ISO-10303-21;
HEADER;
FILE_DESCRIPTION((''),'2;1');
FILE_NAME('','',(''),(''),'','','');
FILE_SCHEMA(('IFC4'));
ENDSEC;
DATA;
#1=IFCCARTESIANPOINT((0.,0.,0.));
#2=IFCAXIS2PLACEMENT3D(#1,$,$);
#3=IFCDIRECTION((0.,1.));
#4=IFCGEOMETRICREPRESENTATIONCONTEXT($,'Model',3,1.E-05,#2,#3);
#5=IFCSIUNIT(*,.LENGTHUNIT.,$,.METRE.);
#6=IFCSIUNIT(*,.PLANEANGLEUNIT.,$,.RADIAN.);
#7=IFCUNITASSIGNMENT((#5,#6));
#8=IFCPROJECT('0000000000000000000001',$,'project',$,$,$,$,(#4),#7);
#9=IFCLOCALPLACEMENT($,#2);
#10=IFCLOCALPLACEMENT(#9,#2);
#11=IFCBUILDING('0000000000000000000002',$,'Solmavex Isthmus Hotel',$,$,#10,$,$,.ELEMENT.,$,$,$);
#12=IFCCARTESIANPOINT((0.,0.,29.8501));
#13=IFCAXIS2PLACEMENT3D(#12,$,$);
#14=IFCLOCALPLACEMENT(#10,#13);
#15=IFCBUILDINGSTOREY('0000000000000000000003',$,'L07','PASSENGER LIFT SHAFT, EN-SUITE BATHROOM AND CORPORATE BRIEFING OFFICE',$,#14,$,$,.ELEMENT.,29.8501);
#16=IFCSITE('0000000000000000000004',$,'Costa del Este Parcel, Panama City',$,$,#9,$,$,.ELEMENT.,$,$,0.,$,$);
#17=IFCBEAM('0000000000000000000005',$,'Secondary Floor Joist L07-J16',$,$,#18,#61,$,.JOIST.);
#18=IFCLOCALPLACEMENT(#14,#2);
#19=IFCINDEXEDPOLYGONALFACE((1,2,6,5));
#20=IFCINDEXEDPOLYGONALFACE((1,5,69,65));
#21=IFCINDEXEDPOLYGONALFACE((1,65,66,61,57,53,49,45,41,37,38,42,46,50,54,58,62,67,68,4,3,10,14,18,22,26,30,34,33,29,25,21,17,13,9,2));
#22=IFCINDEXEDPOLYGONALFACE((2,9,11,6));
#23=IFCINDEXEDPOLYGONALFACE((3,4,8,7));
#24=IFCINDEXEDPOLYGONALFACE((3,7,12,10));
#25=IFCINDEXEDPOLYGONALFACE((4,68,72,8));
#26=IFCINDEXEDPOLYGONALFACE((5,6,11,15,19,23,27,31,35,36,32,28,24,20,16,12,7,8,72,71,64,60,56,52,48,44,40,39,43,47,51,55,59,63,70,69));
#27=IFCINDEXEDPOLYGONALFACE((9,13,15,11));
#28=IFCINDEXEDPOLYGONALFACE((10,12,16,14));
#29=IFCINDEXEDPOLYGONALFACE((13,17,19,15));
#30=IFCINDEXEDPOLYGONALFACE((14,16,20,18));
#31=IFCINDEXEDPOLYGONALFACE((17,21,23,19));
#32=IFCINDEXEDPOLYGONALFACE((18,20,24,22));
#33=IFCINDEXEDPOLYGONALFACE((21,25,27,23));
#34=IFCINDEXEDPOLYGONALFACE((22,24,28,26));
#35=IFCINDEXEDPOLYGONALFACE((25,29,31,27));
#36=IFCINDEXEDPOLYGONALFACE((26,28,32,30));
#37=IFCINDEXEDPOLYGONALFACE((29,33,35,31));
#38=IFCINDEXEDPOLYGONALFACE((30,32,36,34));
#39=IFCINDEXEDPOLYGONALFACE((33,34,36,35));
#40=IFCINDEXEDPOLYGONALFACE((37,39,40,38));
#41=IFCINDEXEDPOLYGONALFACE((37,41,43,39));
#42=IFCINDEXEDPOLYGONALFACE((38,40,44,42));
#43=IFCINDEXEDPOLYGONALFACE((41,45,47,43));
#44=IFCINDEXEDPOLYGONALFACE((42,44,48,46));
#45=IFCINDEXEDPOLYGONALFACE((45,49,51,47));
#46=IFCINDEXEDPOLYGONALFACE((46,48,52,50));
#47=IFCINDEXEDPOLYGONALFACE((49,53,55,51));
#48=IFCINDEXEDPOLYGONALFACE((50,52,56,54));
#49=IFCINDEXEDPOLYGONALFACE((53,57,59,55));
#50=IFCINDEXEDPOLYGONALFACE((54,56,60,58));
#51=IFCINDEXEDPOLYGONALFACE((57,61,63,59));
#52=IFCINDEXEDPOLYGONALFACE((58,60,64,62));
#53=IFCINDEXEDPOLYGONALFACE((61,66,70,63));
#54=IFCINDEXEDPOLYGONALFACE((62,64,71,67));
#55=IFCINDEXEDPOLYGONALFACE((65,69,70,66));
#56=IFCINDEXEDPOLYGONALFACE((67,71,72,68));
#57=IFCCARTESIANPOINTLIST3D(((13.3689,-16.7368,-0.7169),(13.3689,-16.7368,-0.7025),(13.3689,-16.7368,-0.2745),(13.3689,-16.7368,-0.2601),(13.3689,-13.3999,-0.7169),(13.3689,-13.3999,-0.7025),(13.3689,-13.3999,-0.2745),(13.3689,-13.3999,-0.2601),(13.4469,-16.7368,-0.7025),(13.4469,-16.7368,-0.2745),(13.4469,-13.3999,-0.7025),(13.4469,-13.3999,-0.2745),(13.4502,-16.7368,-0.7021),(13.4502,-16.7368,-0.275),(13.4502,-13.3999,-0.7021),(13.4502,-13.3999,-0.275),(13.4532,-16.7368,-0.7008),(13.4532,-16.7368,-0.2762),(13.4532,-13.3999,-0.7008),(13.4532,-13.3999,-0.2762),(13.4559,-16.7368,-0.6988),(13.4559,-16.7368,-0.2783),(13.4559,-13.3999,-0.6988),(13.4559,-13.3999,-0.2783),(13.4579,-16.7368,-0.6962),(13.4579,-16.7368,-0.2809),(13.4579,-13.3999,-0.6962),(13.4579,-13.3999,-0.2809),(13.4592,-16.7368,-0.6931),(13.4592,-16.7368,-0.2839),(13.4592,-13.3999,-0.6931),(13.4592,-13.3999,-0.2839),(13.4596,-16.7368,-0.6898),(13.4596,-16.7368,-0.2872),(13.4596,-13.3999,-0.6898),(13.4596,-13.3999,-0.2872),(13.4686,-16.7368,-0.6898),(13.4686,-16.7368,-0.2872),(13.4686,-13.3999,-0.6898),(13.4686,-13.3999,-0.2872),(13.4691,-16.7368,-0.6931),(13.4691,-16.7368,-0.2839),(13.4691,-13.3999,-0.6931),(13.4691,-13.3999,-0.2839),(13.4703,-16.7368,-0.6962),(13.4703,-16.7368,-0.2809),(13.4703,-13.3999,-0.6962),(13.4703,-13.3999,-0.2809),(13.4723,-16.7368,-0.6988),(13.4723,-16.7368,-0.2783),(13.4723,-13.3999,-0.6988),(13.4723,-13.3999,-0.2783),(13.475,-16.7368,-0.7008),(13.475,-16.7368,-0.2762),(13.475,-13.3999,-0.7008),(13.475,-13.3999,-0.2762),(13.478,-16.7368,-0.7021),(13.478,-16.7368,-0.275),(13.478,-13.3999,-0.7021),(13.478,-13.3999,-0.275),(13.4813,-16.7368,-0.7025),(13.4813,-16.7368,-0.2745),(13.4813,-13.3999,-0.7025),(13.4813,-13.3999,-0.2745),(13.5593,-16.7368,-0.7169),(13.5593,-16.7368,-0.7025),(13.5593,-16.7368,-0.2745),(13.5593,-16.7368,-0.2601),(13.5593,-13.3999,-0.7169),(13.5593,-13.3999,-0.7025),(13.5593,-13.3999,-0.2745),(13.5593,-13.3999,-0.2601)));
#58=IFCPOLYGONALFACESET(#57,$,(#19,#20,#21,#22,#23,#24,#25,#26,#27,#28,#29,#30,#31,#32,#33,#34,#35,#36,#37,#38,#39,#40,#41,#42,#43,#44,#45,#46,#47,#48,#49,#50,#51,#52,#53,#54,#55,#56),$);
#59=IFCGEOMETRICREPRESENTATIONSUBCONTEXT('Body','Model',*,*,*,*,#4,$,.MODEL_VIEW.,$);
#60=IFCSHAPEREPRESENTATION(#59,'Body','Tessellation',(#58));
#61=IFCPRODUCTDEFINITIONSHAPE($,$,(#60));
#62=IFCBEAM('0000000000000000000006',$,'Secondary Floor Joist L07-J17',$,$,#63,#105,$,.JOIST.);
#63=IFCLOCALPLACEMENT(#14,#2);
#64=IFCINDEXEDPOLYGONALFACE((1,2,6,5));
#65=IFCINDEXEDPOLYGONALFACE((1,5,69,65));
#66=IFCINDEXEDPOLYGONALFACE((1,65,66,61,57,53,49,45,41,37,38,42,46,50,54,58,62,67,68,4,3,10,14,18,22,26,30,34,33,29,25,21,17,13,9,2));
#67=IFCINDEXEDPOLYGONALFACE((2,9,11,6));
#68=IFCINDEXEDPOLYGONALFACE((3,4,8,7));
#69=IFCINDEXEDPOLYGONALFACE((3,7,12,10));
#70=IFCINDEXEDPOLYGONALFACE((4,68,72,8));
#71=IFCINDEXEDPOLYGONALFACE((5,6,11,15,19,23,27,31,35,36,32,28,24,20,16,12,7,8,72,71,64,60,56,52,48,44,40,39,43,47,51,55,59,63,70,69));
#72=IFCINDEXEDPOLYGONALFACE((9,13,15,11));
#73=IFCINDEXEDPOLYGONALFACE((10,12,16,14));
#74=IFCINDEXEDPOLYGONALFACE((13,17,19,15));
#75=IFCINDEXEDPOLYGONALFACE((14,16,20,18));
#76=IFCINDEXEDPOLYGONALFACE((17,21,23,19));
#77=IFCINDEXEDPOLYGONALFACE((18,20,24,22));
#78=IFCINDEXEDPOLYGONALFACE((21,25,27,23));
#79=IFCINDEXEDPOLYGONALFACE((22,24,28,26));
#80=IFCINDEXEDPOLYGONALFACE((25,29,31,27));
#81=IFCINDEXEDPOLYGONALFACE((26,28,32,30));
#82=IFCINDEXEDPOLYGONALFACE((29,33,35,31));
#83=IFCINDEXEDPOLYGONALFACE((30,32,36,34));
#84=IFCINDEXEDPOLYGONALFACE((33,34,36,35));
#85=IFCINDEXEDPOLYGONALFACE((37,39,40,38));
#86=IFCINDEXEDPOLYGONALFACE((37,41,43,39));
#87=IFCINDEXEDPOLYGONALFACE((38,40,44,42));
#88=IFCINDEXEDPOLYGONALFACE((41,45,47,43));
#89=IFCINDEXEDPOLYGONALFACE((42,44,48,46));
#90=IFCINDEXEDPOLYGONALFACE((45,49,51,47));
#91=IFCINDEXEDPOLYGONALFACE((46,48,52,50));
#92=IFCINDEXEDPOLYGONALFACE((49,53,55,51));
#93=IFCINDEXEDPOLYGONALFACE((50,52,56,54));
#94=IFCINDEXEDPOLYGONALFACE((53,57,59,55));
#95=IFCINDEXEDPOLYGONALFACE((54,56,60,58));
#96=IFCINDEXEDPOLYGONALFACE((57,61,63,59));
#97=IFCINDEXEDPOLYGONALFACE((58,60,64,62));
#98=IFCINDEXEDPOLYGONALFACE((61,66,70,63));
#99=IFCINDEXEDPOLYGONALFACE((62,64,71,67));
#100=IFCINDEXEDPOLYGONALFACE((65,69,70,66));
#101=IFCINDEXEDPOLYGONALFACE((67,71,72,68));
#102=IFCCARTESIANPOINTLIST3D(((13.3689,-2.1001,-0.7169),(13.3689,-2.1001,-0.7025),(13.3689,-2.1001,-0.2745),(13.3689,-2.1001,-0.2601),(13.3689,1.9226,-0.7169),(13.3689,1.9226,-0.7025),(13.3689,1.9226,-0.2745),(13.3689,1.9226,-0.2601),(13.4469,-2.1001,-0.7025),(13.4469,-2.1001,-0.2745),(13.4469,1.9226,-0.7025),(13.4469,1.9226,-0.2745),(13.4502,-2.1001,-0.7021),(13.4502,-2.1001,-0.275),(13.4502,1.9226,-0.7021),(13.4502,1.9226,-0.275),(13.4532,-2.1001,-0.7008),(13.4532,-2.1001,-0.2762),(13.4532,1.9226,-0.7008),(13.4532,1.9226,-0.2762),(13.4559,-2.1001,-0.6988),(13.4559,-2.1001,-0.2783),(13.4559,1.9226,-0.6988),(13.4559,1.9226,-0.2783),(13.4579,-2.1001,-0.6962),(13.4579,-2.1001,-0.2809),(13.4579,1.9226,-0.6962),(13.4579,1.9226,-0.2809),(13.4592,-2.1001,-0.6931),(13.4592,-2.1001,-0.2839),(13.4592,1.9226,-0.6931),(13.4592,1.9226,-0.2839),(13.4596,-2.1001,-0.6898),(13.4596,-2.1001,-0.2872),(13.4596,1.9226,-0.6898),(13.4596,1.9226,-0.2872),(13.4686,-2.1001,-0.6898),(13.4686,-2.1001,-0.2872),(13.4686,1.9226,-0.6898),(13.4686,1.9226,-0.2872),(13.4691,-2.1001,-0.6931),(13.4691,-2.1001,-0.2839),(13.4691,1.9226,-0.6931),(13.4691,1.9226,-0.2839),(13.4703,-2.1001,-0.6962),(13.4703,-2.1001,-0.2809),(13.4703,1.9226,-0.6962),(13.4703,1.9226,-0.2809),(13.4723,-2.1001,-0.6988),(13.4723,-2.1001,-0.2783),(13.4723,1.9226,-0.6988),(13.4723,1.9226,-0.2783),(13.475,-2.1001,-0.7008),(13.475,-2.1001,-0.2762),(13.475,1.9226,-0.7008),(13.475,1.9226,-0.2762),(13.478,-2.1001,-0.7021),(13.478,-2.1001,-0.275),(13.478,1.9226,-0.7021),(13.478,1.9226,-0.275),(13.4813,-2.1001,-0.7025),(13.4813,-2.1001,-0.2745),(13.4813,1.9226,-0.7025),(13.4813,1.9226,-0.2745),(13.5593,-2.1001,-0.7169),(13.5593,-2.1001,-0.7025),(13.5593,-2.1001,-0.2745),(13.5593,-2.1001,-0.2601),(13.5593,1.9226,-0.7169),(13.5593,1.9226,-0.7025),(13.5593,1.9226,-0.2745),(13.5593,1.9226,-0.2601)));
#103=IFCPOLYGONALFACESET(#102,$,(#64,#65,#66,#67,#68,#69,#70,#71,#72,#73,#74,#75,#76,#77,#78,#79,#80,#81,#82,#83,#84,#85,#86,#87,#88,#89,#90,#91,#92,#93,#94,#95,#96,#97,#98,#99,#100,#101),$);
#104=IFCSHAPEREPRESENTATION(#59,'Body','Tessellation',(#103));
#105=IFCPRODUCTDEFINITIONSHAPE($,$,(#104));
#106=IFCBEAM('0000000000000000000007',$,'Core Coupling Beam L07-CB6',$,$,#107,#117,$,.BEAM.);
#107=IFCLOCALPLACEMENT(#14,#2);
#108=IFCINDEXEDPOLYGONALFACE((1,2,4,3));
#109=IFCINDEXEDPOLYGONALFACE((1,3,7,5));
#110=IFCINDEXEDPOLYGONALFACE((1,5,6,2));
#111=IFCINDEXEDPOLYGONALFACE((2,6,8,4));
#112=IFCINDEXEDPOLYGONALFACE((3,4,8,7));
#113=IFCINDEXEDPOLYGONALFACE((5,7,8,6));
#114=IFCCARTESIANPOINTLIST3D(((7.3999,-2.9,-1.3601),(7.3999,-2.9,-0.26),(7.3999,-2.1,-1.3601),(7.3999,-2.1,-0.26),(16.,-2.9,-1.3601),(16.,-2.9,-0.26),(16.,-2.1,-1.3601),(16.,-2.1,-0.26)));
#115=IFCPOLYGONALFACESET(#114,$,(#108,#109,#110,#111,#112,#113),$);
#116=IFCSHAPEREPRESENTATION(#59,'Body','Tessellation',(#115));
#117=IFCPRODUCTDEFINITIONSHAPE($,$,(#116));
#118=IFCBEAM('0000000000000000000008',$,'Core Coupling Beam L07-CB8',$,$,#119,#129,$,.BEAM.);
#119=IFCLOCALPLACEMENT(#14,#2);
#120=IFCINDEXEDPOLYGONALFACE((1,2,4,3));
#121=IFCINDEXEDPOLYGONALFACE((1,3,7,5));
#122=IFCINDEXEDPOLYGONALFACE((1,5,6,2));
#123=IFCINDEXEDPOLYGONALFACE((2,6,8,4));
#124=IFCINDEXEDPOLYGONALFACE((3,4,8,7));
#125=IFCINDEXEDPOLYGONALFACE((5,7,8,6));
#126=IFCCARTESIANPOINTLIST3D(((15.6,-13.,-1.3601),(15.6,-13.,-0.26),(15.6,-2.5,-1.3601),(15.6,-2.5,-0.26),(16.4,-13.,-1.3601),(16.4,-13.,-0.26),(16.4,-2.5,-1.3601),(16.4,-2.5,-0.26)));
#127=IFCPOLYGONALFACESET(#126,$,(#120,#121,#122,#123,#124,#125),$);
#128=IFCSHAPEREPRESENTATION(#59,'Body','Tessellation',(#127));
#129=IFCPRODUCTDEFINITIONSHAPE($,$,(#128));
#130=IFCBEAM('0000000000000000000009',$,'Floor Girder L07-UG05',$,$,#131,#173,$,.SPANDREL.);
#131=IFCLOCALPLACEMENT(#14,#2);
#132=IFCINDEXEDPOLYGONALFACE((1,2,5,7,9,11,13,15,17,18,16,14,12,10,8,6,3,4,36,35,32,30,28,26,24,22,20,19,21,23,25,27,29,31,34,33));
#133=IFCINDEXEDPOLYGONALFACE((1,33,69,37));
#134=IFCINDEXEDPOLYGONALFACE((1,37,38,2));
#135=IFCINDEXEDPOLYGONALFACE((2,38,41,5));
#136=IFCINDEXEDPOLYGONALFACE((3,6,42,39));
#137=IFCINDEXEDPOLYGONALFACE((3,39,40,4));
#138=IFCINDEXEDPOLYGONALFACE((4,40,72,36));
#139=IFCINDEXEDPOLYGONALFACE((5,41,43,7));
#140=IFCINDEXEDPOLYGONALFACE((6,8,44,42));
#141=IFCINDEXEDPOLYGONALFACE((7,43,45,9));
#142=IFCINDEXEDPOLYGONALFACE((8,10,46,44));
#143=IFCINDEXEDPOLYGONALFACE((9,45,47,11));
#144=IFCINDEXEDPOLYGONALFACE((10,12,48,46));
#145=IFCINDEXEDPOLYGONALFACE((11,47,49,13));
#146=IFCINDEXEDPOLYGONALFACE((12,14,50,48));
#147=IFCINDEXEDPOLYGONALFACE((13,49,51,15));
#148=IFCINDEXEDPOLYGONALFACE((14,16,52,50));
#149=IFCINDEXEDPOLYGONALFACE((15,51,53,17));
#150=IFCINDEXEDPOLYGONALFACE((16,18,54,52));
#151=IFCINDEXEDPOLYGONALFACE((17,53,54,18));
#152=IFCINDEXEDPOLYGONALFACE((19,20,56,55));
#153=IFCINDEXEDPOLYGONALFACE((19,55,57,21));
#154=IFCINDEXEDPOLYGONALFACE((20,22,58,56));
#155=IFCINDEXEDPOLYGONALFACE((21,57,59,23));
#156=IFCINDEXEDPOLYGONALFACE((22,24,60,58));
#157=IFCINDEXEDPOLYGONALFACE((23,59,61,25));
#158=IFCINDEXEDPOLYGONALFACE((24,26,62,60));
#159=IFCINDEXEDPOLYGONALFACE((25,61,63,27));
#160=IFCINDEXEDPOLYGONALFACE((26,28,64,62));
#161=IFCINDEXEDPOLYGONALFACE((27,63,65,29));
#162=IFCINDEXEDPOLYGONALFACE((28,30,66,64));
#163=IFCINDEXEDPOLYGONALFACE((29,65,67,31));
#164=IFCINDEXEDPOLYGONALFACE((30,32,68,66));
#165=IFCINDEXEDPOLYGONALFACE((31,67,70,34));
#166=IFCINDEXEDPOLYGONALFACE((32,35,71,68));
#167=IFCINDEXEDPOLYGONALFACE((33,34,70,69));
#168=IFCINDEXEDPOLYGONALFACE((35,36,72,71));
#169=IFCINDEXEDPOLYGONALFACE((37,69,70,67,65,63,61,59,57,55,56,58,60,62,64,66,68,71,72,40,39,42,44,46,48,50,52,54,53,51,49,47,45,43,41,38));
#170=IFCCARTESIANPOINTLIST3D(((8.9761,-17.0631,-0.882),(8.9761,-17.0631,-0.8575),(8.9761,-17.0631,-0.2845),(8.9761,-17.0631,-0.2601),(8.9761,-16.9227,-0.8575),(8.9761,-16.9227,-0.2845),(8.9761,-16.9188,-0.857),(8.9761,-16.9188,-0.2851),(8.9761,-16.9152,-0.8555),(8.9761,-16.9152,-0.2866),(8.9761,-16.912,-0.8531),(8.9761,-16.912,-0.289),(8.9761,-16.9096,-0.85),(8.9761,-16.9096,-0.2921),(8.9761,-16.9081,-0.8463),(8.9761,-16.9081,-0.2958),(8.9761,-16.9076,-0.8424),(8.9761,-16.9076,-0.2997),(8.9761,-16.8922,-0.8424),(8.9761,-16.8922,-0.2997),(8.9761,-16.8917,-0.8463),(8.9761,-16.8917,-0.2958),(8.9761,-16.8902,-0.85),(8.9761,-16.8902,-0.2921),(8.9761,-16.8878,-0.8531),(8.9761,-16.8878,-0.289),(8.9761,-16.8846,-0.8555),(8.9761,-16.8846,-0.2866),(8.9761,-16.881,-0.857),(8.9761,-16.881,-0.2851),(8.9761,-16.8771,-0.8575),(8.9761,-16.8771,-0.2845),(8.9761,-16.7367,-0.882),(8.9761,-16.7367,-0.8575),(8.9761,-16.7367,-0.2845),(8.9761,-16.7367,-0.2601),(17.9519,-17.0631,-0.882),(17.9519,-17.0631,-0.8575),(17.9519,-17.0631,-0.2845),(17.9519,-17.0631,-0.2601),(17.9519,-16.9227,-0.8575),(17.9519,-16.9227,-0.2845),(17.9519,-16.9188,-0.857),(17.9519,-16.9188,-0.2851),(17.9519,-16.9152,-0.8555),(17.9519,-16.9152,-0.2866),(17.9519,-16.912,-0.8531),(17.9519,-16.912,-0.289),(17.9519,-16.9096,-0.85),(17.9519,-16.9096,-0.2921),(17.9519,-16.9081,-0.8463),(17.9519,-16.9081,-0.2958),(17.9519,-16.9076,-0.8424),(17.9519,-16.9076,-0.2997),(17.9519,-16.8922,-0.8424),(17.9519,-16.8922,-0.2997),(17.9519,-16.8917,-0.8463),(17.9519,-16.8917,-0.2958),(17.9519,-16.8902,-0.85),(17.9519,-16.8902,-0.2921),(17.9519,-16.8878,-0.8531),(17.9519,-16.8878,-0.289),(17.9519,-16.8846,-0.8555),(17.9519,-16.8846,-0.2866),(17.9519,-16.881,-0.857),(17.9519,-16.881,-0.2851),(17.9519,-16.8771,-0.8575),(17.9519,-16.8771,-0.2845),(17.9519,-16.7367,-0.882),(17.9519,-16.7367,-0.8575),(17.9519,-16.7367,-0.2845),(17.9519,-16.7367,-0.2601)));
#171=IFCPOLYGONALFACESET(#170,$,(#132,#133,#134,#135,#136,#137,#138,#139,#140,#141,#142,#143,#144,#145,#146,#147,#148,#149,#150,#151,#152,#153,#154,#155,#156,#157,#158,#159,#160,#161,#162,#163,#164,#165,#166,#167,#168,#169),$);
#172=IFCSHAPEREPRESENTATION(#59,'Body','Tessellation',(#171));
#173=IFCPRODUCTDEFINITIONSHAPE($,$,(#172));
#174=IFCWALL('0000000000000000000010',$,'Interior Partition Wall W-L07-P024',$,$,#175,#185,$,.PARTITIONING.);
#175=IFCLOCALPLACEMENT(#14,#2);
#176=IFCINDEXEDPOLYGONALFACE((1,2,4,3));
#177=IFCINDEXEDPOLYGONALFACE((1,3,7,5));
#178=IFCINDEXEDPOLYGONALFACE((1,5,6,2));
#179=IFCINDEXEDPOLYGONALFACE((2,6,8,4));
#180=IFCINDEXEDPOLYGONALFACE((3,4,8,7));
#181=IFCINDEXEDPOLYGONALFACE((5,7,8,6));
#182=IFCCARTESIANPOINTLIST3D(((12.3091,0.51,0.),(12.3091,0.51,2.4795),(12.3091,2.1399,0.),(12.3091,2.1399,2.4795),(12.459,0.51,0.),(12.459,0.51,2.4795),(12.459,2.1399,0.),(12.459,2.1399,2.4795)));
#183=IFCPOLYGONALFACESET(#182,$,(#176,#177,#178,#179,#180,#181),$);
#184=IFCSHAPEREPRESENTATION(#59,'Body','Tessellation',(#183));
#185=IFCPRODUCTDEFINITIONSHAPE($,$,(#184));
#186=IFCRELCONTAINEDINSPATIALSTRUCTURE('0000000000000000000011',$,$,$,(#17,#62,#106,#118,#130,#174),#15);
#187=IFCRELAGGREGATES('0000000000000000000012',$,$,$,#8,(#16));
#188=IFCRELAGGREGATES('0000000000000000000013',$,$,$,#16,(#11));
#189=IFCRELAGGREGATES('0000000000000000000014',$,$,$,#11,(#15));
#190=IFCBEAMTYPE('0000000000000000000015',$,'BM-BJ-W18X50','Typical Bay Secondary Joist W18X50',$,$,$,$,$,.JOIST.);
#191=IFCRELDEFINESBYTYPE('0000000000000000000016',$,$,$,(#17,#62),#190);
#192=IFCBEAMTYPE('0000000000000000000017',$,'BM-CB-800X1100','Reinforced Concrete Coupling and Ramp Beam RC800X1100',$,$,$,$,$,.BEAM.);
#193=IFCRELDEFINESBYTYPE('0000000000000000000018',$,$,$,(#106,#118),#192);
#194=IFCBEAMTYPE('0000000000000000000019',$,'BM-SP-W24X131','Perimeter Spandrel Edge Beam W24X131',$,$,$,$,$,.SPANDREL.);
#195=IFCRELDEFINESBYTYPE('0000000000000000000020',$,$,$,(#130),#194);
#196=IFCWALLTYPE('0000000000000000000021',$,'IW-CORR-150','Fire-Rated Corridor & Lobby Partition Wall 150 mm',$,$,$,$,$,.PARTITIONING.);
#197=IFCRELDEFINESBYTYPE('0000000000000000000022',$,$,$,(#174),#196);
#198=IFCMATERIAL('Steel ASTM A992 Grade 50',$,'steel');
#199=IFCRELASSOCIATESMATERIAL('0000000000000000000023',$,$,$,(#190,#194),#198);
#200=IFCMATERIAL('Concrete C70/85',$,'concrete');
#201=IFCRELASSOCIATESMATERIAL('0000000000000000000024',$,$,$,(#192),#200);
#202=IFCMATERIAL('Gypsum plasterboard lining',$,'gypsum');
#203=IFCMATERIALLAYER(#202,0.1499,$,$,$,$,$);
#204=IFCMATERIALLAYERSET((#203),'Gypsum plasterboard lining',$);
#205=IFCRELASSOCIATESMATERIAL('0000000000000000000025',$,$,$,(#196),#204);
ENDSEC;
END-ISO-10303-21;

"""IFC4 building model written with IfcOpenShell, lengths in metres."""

from ifc_helpers import new_model, si_unit, direction, frame, frame_2d, origin, origin_2d, place, context, subcontext, project, spatial, rectangle, i_section, extrude, material, layer, layer_set, material_profile, profile_set, type_object, element, save


model = new_model("IFC4")

# Units and contexts
model_context = context("Model", 3, precision=1e-05, world=origin(), true_north=direction((0.0, 1.0)))
body_context = subcontext(model_context, "Body", "Model", "MODEL_VIEW")
ifc_project = project(units=[si_unit("LENGTHUNIT", "METRE"), si_unit("PLANEANGLEUNIT", "RADIAN")], contexts=[model_context])

# Site, building, storey
site_placement = place(None, origin())
site = spatial("IfcSite", under=ifc_project, at=site_placement, Name="Costa del Este Parcel, Panama City", CompositionType="ELEMENT", RefElevation=0.0)
building_placement = place(site_placement, origin())
building = spatial("IfcBuilding", under=site, at=building_placement, Name="Solmavex Isthmus Hotel", CompositionType="ELEMENT")
storey_placement = place(building_placement, frame((0.0, 0.0, 29.8501)))
storey = spatial("IfcBuildingStorey", under=building, at=storey_placement, Name="L07", Description="PASSENGER LIFT SHAFT, EN-SUITE BATHROOM AND CORPORATE BRIEFING OFFICE", CompositionType="ELEMENT", Elevation=29.8501)

# Shared definitions
ifc_material_1 = material(Name="Concrete C70/85", Category="concrete")

# Beams
ifc_material_2 = material(Name="Steel ASTM A992 Grade 50", Category="steel")
ifc_material_profile_1 = material_profile(ifc_material_2, i_section(OverallWidth=0.1904, OverallDepth=0.4568, WebThickness=0.009, FlangeThickness=0.0144, FilletRadius=0.0127, at=origin_2d()), Name="W18X50")
ifc_profile_set_1 = profile_set([ifc_material_profile_1], Name="Steel ASTM A992 Grade 50")
beam_type_1 = type_object("IfcBeamType", Name="BM-BJ-W18X50", Description="Typical Bay Secondary Joist W18X50", PredefinedType="JOIST", material=ifc_profile_set_1)
beam_1_placement = place(storey_placement, frame((13.4641, -16.7368, -0.4885), z_axis=(0.0, 1.0, 0.0), x_axis=(-1.0, 0.0, 0.0)))
element("IfcBeam", 1, at=beam_1_placement, inside=storey, type_object=beam_type_1, Name="Secondary Floor Joist L07-J16", PredefinedType="JOIST", context=body_context, shape_type="SweptSolid", body=[
    extrude(i_section(OverallWidth=0.1904, OverallDepth=0.4568, WebThickness=0.009, FlangeThickness=0.0144, FilletRadius=0.0127, at=origin_2d()), origin(), (0.0, 0.0, 1.0), 3.3369),
])
beam_2_placement = place(storey_placement, frame((13.4641, -2.1001, -0.4885), z_axis=(0.0, 1.0, 0.0), x_axis=(-1.0, 0.0, 0.0)))
element("IfcBeam", 2, at=beam_2_placement, inside=storey, type_object=beam_type_1, Name="Secondary Floor Joist L07-J17", PredefinedType="JOIST", context=body_context, shape_type="SweptSolid", body=[
    extrude(i_section(OverallWidth=0.1904, OverallDepth=0.4568, WebThickness=0.009, FlangeThickness=0.0144, FilletRadius=0.0127, at=origin_2d()), origin(), (0.0, 0.0, 1.0), 4.0227),
])
ifc_material_profile_2 = material_profile(ifc_material_1, rectangle(XDim=0.8, YDim=1.1001, at=origin_2d()), Name="RC800X1100")
ifc_profile_set_2 = profile_set([ifc_material_profile_2], Name="Concrete C70/85")
beam_type_2 = type_object("IfcBeamType", Name="BM-CB-800X1100", Description="Reinforced Concrete Coupling and Ramp Beam RC800X1100", PredefinedType="BEAM", material=ifc_profile_set_2)
beam_3_placement = place(storey_placement, frame((7.3999, -2.5, -0.8101), z_axis=(1.0, 0.0, 0.0), x_axis=(0.0, 1.0, 0.0)))
element("IfcBeam", 3, at=beam_3_placement, inside=storey, type_object=beam_type_2, Name="Core Coupling Beam L07-CB6", PredefinedType="BEAM", context=body_context, shape_type="SweptSolid", body=[
    extrude(rectangle(XDim=0.8, YDim=1.1001, at=origin_2d()), origin(), (0.0, 0.0, 1.0), 8.6001),
])
beam_4_placement = place(storey_placement, frame((16.0, -13.0, -0.8101), z_axis=(0.0, 1.0, 0.0), x_axis=(-1.0, 0.0, 0.0)))
element("IfcBeam", 4, at=beam_4_placement, inside=storey, type_object=beam_type_2, Name="Core Coupling Beam L07-CB8", PredefinedType="BEAM", context=body_context, shape_type="SweptSolid", body=[
    extrude(rectangle(XDim=0.8, YDim=1.1001, at=origin_2d()), origin(), (0.0, 0.0, 1.0), 10.5),
])
ifc_material_profile_3 = material_profile(ifc_material_2, i_section(OverallWidth=0.3264, OverallDepth=0.6218, WebThickness=0.0154, FlangeThickness=0.0244, FilletRadius=0.0151, at=origin_2d()), Name="W24X131")
ifc_profile_set_3 = profile_set([ifc_material_profile_3], Name="Steel ASTM A992 Grade 50")
beam_type_3 = type_object("IfcBeamType", Name="BM-SP-W24X131", Description="Perimeter Spandrel Edge Beam W24X131", PredefinedType="SPANDREL", material=ifc_profile_set_3)
beam_5_placement = place(storey_placement, frame((8.9761, -16.8999, -0.571), z_axis=(1.0, 0.0, 0.0), x_axis=(0.0, 1.0, 0.0)))
element("IfcBeam", 5, at=beam_5_placement, inside=storey, type_object=beam_type_3, Name="Floor Girder L07-UG05", PredefinedType="SPANDREL", context=body_context, shape_type="SweptSolid", body=[
    extrude(i_section(OverallWidth=0.3264, OverallDepth=0.6218, WebThickness=0.0154, FlangeThickness=0.0244, FilletRadius=0.0151, at=origin_2d()), origin(), (0.0, 0.0, 1.0), 8.9758),
])

# Wall
ifc_material_3 = material(Name="Gypsum plasterboard lining", Category="gypsum")
ifc_layer_1 = layer(ifc_material_3, 0.1499)
ifc_layer_set_1 = layer_set([ifc_layer_1], Name="Gypsum plasterboard lining")
wall_type_1 = type_object("IfcWallType", Name="IW-CORR-150", Description="Fire-Rated Corridor & Lobby Partition Wall 150 mm", PredefinedType="PARTITIONING", material=ifc_layer_set_1)
wall_1_placement = place(storey_placement, frame((12.384, 0.51, 0.0), z_axis=(0.0, 0.0, 1.0), x_axis=(0.0, 1.0, 0.0)))
element("IfcWall", 6, at=wall_1_placement, inside=storey, type_object=wall_type_1, Name="Interior Partition Wall W-L07-P024", PredefinedType="PARTITIONING", context=body_context, shape_type="SweptSolid", body=[
    extrude(rectangle(XDim=1.6299, YDim=0.1499, at=frame_2d((0.8149, 0.0))), origin(), (0.0, 0.0, 1.0), 2.4795),
])

save(model, "model.ifc")
